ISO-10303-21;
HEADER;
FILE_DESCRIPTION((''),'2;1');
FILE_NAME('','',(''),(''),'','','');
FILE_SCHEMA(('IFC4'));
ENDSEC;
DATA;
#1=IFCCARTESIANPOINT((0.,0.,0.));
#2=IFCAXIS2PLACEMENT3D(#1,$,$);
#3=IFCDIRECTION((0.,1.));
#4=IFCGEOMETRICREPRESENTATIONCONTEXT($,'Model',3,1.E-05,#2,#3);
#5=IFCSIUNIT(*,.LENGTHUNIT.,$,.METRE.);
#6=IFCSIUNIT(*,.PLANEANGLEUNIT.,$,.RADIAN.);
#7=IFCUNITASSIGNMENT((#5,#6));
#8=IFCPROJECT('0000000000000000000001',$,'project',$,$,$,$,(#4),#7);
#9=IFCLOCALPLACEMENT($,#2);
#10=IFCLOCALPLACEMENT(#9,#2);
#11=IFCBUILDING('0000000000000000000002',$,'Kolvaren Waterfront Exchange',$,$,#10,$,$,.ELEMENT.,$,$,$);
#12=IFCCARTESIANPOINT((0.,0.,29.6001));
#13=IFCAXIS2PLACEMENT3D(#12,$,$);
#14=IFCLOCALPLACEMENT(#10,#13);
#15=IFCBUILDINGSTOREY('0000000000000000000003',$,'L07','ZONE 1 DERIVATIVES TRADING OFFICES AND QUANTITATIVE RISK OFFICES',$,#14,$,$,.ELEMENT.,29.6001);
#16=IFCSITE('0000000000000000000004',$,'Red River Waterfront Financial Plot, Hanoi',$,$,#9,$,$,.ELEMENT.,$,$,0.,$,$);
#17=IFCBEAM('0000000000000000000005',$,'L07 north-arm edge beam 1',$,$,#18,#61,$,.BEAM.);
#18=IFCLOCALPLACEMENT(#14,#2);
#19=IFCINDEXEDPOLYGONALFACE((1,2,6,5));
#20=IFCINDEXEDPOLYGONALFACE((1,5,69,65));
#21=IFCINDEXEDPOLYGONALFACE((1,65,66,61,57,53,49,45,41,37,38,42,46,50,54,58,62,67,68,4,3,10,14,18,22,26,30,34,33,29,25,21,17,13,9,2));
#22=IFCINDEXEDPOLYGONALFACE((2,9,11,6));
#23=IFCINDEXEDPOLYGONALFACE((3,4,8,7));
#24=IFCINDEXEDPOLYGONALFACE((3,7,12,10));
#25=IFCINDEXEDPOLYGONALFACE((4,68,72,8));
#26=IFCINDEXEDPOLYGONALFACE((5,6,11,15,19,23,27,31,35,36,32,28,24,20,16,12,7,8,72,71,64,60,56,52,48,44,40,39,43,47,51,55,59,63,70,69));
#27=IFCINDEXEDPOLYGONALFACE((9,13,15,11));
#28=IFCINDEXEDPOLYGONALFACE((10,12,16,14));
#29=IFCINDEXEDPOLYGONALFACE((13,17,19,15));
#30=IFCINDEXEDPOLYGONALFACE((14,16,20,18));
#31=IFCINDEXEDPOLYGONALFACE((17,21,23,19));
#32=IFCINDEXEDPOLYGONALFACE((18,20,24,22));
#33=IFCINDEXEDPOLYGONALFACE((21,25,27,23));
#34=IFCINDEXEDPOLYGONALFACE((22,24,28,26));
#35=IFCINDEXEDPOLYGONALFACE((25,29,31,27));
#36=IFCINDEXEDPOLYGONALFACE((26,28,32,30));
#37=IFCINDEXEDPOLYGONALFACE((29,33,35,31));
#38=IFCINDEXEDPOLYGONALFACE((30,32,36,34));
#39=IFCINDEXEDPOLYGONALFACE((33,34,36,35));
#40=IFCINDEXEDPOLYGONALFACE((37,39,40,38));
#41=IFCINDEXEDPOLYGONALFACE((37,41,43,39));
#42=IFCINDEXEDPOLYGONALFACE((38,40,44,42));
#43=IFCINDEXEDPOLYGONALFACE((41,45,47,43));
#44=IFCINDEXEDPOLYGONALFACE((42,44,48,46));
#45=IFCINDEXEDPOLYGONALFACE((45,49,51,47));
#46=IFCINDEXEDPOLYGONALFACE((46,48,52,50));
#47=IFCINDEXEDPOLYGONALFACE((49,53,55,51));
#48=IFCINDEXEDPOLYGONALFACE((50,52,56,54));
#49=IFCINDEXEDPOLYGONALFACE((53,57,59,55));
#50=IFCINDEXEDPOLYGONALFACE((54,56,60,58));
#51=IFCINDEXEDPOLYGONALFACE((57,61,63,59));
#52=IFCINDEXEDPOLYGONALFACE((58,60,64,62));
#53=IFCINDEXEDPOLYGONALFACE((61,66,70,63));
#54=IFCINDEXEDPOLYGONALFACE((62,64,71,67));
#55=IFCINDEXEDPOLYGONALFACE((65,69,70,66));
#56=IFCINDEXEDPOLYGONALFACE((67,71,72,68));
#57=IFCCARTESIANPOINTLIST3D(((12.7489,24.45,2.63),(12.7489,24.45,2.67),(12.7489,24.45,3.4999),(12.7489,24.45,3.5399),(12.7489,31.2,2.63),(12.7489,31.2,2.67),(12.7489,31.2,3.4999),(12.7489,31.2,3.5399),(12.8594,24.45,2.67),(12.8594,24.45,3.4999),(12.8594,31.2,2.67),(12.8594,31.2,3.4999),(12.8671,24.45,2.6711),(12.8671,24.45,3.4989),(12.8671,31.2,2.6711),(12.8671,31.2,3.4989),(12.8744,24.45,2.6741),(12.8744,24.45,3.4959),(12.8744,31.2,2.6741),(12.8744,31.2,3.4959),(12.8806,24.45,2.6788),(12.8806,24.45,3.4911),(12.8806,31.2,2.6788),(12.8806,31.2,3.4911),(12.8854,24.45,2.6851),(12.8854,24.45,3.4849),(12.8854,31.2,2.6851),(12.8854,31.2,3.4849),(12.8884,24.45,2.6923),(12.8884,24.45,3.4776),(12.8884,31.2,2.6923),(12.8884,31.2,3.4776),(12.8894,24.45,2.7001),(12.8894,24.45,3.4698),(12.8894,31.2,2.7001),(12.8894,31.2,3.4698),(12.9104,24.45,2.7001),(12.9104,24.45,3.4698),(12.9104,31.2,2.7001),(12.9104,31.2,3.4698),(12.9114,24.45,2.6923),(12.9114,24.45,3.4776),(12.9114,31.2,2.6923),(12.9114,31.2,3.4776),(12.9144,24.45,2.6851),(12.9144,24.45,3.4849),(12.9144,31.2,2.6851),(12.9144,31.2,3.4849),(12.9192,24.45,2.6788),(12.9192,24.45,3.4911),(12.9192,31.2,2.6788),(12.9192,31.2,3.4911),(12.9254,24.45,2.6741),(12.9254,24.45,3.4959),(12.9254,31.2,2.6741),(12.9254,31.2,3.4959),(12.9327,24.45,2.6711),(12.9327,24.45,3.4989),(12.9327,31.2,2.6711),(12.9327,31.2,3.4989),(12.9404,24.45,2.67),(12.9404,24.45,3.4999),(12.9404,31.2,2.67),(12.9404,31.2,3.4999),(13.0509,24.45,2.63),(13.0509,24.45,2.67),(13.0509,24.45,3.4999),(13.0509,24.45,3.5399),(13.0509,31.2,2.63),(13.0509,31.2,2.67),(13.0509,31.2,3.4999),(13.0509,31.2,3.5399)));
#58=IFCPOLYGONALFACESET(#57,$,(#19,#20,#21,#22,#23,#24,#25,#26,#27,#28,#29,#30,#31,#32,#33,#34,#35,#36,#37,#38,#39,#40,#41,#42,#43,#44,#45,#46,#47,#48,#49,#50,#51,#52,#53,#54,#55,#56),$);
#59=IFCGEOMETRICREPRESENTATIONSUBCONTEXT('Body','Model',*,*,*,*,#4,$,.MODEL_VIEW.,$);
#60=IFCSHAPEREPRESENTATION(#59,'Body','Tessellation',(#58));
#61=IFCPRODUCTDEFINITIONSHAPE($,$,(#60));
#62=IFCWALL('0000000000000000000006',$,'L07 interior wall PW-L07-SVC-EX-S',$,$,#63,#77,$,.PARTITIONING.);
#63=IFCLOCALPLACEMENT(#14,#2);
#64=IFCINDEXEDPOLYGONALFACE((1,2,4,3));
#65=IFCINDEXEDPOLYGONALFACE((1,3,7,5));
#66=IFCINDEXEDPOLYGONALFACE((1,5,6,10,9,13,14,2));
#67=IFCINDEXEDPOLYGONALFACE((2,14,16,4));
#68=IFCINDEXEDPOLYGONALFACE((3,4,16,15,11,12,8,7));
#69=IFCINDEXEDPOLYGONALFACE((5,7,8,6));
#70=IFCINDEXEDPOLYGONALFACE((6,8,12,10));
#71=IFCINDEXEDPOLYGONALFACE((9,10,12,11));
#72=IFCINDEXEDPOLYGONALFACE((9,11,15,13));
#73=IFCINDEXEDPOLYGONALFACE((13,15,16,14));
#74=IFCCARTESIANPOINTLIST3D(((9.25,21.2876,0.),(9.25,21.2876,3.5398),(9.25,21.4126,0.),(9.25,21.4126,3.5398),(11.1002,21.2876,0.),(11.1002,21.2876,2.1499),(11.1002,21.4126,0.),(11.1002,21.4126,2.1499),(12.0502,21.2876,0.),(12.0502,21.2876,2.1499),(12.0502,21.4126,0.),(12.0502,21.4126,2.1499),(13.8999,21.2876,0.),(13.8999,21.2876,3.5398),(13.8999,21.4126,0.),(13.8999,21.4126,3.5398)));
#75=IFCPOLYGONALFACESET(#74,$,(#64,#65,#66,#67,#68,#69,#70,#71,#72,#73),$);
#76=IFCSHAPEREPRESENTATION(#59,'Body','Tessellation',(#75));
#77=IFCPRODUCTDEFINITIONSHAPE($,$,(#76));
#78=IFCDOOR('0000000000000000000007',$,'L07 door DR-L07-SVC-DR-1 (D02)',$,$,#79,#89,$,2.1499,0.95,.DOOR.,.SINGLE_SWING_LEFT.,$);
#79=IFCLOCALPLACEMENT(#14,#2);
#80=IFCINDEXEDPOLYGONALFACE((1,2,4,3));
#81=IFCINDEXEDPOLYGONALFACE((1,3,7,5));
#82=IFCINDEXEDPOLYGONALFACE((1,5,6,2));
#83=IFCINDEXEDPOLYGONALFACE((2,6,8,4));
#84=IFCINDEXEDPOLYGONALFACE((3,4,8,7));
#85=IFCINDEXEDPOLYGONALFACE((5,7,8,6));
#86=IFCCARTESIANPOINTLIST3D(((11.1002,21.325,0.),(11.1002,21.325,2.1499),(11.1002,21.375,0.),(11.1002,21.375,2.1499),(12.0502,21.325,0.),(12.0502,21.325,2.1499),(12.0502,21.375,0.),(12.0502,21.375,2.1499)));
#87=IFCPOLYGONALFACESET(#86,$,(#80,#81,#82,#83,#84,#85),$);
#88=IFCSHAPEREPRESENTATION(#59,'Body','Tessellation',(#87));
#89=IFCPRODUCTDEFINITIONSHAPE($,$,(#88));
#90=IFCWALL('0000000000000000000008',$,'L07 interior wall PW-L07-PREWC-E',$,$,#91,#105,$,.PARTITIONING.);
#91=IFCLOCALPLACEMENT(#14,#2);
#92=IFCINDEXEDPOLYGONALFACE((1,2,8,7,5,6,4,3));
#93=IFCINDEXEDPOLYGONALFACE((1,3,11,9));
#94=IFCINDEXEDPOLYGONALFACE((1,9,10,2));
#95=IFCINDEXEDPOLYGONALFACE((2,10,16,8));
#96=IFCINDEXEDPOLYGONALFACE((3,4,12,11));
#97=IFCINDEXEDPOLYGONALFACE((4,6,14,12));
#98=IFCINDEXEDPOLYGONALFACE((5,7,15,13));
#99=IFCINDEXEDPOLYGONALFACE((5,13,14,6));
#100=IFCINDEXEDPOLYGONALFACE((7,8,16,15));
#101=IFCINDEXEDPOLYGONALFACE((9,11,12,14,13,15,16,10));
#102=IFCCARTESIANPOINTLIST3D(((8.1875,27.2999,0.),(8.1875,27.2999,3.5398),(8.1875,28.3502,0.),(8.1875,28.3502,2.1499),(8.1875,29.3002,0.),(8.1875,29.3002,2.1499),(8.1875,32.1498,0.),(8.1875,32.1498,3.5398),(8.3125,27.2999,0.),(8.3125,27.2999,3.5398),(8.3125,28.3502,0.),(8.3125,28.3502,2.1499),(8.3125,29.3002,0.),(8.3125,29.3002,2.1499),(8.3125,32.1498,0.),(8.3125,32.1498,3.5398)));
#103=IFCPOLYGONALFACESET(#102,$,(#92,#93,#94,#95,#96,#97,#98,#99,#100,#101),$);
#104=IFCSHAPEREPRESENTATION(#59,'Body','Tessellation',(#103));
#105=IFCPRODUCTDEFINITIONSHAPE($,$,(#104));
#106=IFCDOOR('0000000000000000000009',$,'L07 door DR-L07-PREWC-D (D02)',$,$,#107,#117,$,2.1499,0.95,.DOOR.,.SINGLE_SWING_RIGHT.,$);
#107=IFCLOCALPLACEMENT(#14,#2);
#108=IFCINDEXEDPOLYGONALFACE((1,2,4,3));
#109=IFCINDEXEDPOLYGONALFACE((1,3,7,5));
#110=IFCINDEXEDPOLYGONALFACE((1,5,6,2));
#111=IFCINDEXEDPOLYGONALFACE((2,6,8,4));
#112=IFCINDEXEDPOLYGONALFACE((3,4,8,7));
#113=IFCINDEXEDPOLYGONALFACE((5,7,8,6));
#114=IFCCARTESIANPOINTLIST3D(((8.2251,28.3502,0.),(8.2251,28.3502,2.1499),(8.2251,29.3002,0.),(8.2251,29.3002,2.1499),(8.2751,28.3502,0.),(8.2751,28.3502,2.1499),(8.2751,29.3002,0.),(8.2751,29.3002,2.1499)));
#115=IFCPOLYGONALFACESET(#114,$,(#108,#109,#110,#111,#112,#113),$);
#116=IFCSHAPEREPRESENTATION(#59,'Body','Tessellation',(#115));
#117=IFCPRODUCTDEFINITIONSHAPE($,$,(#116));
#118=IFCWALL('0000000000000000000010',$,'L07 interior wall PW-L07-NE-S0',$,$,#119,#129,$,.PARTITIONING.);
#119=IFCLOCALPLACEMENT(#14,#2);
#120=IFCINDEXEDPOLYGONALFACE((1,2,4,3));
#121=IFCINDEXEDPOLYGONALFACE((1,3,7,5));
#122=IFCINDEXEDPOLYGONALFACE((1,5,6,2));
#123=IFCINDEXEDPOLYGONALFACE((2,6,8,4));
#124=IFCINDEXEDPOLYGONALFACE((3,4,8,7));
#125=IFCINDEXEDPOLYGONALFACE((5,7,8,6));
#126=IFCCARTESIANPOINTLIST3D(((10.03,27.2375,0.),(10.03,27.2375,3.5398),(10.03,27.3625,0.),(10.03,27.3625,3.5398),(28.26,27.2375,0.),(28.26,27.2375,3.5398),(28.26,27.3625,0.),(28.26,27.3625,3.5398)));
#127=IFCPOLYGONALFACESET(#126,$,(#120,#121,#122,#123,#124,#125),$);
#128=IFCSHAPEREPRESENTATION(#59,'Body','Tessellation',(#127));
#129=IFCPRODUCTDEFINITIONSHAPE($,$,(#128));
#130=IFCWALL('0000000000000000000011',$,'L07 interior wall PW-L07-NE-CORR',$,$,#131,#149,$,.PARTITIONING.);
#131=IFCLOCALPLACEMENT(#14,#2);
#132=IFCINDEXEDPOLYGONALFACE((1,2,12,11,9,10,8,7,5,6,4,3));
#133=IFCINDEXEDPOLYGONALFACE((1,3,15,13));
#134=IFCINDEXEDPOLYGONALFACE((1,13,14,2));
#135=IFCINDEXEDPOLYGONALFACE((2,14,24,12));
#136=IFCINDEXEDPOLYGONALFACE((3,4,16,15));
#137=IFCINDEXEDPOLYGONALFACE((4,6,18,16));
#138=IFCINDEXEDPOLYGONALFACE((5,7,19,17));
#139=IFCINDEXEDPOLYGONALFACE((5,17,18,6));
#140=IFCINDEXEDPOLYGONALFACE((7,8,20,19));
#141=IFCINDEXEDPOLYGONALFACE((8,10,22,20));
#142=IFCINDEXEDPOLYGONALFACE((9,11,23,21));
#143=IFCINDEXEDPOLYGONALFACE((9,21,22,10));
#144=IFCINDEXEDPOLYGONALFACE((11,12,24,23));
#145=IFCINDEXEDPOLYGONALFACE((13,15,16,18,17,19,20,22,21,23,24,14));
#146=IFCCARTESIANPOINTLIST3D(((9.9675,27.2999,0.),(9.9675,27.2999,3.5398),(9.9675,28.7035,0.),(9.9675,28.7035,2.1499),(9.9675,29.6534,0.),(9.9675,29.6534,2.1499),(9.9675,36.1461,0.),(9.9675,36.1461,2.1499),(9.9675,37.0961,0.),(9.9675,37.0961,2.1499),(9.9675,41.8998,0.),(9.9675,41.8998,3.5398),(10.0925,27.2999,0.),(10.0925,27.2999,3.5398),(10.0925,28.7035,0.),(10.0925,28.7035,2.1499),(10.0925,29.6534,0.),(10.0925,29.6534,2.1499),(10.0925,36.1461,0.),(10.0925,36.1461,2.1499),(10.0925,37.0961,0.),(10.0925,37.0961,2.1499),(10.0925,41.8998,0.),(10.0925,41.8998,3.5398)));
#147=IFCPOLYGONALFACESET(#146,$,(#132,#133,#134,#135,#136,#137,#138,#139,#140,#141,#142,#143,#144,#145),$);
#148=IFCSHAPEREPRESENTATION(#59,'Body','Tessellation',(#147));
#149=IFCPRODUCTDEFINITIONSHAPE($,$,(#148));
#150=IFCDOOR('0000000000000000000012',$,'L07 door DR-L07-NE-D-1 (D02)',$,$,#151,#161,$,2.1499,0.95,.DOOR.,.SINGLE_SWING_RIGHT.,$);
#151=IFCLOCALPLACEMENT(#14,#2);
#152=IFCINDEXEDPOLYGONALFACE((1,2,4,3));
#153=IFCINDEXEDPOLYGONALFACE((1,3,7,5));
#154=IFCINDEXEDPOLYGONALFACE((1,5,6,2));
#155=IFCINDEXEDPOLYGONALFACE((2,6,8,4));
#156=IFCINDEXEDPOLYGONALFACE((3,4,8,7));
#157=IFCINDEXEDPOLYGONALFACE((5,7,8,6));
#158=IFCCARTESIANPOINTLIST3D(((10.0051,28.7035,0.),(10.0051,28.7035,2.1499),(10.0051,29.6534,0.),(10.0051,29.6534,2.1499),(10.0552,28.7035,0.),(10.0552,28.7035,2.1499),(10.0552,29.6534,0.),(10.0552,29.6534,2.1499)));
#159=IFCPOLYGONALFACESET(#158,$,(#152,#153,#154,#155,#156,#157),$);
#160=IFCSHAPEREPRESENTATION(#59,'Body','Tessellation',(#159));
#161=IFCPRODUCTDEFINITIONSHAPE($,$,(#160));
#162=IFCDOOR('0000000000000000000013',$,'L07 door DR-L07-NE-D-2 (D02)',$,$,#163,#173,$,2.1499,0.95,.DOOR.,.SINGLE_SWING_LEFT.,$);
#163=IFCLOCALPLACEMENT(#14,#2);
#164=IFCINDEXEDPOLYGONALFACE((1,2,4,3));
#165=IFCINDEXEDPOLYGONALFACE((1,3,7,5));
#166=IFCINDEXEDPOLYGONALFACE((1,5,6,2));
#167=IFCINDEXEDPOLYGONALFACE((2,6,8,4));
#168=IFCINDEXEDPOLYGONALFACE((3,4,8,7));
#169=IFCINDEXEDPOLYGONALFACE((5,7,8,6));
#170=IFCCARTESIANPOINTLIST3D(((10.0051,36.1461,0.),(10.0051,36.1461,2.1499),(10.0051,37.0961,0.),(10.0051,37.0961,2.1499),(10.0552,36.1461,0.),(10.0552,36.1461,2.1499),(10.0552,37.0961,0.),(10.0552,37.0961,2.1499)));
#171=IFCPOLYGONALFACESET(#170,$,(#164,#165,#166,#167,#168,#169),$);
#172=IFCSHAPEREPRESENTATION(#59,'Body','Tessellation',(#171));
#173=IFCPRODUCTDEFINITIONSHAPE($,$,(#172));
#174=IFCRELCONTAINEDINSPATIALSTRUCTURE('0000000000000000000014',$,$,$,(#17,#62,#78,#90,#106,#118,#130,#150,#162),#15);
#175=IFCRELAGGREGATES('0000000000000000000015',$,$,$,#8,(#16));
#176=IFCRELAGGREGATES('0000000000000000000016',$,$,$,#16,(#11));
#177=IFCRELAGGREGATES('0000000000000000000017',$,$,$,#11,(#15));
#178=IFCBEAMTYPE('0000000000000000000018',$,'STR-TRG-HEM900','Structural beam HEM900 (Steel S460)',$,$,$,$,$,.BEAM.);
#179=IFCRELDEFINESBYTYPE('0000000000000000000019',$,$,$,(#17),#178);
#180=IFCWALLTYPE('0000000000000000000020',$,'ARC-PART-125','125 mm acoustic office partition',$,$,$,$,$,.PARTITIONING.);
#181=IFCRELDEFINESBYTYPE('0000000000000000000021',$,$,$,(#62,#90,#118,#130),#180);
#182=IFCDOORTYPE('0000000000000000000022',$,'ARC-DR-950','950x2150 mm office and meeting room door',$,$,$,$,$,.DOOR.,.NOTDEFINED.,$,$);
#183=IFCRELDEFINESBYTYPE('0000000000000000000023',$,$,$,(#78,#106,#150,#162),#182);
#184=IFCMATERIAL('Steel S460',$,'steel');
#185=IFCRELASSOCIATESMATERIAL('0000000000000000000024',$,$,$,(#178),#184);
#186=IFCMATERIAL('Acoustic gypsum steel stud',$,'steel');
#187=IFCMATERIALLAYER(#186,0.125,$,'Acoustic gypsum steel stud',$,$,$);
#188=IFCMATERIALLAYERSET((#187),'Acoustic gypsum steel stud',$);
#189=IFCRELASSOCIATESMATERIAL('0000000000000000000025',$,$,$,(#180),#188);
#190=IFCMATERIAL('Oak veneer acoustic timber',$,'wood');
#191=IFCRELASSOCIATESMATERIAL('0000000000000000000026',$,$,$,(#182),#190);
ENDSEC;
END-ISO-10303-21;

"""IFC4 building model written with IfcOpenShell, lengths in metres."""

from ifc_helpers import new_model, si_unit, direction, frame, frame_2d, origin, origin_2d, place, context, subcontext, project, spatial, rectangle, i_section, extrude, material, layer, layer_set, material_profile, profile_set, type_object, element, fill, save


model = new_model("IFC4")

# Units and contexts
model_context = context("Model", 3, precision=1e-05, world=origin(), true_north=direction((0.0, 1.0)))
body_context = subcontext(model_context, "Body", "Model", "MODEL_VIEW")
ifc_project = project(units=[si_unit("LENGTHUNIT", "METRE"), si_unit("PLANEANGLEUNIT", "RADIAN")], contexts=[model_context])

# Site, building, storey
site_placement = place(None, origin())
site = spatial("IfcSite", under=ifc_project, at=site_placement, Name="Red River Waterfront Financial Plot, Hanoi", CompositionType="ELEMENT", RefElevation=0.0)
building_placement = place(site_placement, origin())
building = spatial("IfcBuilding", under=site, at=building_placement, Name="Kolvaren Waterfront Exchange", CompositionType="ELEMENT")
storey_placement = place(building_placement, frame((0.0, 0.0, 29.6001)))
storey = spatial("IfcBuildingStorey", under=building, at=storey_placement, Name="L07", Description="ZONE 1 DERIVATIVES TRADING OFFICES AND QUANTITATIVE RISK OFFICES", CompositionType="ELEMENT", Elevation=29.6001)

# Beam
ifc_material_1 = material(Name="Steel S460", Category="steel")
ifc_material_profile_1 = material_profile(ifc_material_1, i_section(OverallWidth=0.302, OverallDepth=0.9099, WebThickness=0.021, FlangeThickness=0.04, FilletRadius=0.03, at=origin_2d()), Name="HEM900")
ifc_profile_set_1 = profile_set([ifc_material_profile_1], Name="Steel S460")
beam_type_1 = type_object("IfcBeamType", Name="STR-TRG-HEM900", Description="Structural beam HEM900 (Steel S460)", PredefinedType="BEAM", material=ifc_profile_set_1)
beam_1_placement = place(storey_placement, frame((12.8999, 24.45, 3.085), z_axis=(0.0, 1.0, 0.0), x_axis=(-1.0, 0.0, 0.0)))
element("IfcBeam", 1, at=beam_1_placement, inside=storey, type_object=beam_type_1, Name="L07 north-arm edge beam 1", PredefinedType="BEAM", context=body_context, shape_type="SweptSolid", body=[
    extrude(i_section(OverallWidth=0.302, OverallDepth=0.9099, WebThickness=0.021, FlangeThickness=0.04, FilletRadius=0.03, at=origin_2d()), origin(), (0.0, 0.0, 1.0), 6.75),
])

# Walls, openings, doors
ifc_material_2 = material(Name="Acoustic gypsum steel stud", Category="steel")
ifc_layer_1 = layer(ifc_material_2, 0.125, Name="Acoustic gypsum steel stud")
ifc_layer_set_1 = layer_set([ifc_layer_1], Name="Acoustic gypsum steel stud")
wall_type_1 = type_object("IfcWallType", Name="ARC-PART-125", Description="125 mm acoustic office partition", PredefinedType="PARTITIONING", material=ifc_layer_set_1)
wall_1_placement = place(storey_placement, frame((9.25, 21.3501, 0.0), z_axis=(0.0, 0.0, 1.0), x_axis=(1.0, 0.0, 0.0)))
wall_1 = element("IfcWall", 2, at=wall_1_placement, inside=storey, type_object=wall_type_1, Name="L07 interior wall PW-L07-SVC-EX-S", PredefinedType="PARTITIONING", context=body_context, shape_type="SweptSolid", body=[
    extrude(rectangle(XDim=4.6499, YDim=0.125, at=frame_2d((2.325, 0.0))), origin(), (0.0, 0.0, 1.0), 3.5398),
])
opening_1_placement = place(wall_1_placement, frame((1.8501, 0.0, 0.0)))
opening_1 = element("IfcOpeningElement", 3, at=opening_1_placement, cuts=wall_1, PredefinedType="OPENING", context=body_context, shape_type="SweptSolid", body=[
    extrude(rectangle(XDim=0.95, YDim=2.1499, at=frame_2d((0.4751, 1.075))), frame((0.0, 0.0725, 0.0), z_axis=(0.0, -1.0, 0.0), x_axis=(1.0, 0.0, 0.0)), (0.0, 0.0, 1.0), 0.145),
])
ifc_material_3 = material(Name="Oak veneer acoustic timber", Category="wood")
door_type_1 = type_object("IfcDoorType", Name="ARC-DR-950", Description="950x2150 mm office and meeting room door", OperationType="NOTDEFINED", PredefinedType="DOOR", material=ifc_material_3)
door_1_placement = place(opening_1_placement, origin())
door_1 = element("IfcDoor", 4, at=door_1_placement, inside=storey, type_object=door_type_1, Name="L07 door DR-L07-SVC-DR-1 (D02)", OperationType="SINGLE_SWING_LEFT", OverallHeight=2.1499, OverallWidth=0.95, PredefinedType="DOOR", context=body_context, shape_type="SweptSolid", body=[
    extrude(rectangle(XDim=0.95, YDim=2.1499, at=frame_2d((0.4751, 1.075))), frame((0.0, 0.0249, 0.0), z_axis=(0.0, -1.0, 0.0), x_axis=(1.0, 0.0, 0.0)), (0.0, 0.0, 1.0), 0.05),
])
fill(opening_1, door_1)
wall_2_placement = place(storey_placement, frame((8.25, 27.3, 0.0), z_axis=(0.0, 0.0, 1.0), x_axis=(0.0, 1.0, 0.0)))
wall_2 = element("IfcWall", 5, at=wall_2_placement, inside=storey, type_object=wall_type_1, Name="L07 interior wall PW-L07-PREWC-E", PredefinedType="PARTITIONING", context=body_context, shape_type="SweptSolid", body=[
    extrude(rectangle(XDim=4.8499, YDim=0.125, at=frame_2d((2.4248, 0.0))), origin(), (0.0, 0.0, 1.0), 3.5398),
])
opening_2_placement = place(wall_2_placement, frame((1.05, 0.0, 0.0)))
opening_2 = element("IfcOpeningElement", 6, at=opening_2_placement, cuts=wall_2, PredefinedType="OPENING", context=body_context, shape_type="SweptSolid", body=[
    extrude(rectangle(XDim=0.95, YDim=2.1499, at=frame_2d((0.4751, 1.075))), frame((0.0, 0.0725, 0.0), z_axis=(0.0, -1.0, 0.0), x_axis=(1.0, 0.0, 0.0)), (0.0, 0.0, 1.0), 0.145),
])
door_2_placement = place(opening_2_placement, origin())
door_2 = element("IfcDoor", 7, at=door_2_placement, inside=storey, type_object=door_type_1, Name="L07 door DR-L07-PREWC-D (D02)", OperationType="SINGLE_SWING_RIGHT", OverallHeight=2.1499, OverallWidth=0.95, PredefinedType="DOOR", context=body_context, shape_type="SweptSolid", body=[
    extrude(rectangle(XDim=0.95, YDim=2.1499, at=frame_2d((0.4751, 1.075))), frame((0.0, 0.0249, 0.0), z_axis=(0.0, -1.0, 0.0), x_axis=(1.0, 0.0, 0.0)), (0.0, 0.0, 1.0), 0.05),
])
fill(opening_2, door_2)

# Wall
wall_3_placement = place(storey_placement, frame((10.03, 27.3, 0.0), z_axis=(0.0, 0.0, 1.0), x_axis=(1.0, 0.0, 0.0)))
element("IfcWall", 8, at=wall_3_placement, inside=storey, type_object=wall_type_1, Name="L07 interior wall PW-L07-NE-S0", PredefinedType="PARTITIONING", context=body_context, shape_type="SweptSolid", body=[
    extrude(rectangle(XDim=18.23, YDim=0.125, at=frame_2d((9.115, 0.0))), origin(), (0.0, 0.0, 1.0), 3.5398),
])

# Wall, openings, doors
wall_4_placement = place(storey_placement, frame((10.03, 27.3, 0.0), z_axis=(0.0, 0.0, 1.0), x_axis=(0.0, 1.0, 0.0)))
wall_4 = element("IfcWall", 9, at=wall_4_placement, inside=storey, type_object=wall_type_1, Name="L07 interior wall PW-L07-NE-CORR", PredefinedType="PARTITIONING", context=body_context, shape_type="SweptSolid", body=[
    extrude(rectangle(XDim=14.5999, YDim=0.125, at=frame_2d((7.2998, 0.0))), origin(), (0.0, 0.0, 1.0), 3.5398),
])
opening_3_placement = place(wall_4_placement, frame((1.4033, 0.0, 0.0)))
opening_3 = element("IfcOpeningElement", 10, at=opening_3_placement, cuts=wall_4, PredefinedType="OPENING", context=body_context, shape_type="SweptSolid", body=[
    extrude(rectangle(XDim=0.95, YDim=2.1499, at=frame_2d((0.4751, 1.075))), frame((0.0, 0.0725, 0.0), z_axis=(0.0, -1.0, 0.0), x_axis=(1.0, 0.0, 0.0)), (0.0, 0.0, 1.0), 0.145),
])
opening_4_placement = place(wall_4_placement, frame((8.8459, 0.0, 0.0)))
opening_4 = element("IfcOpeningElement", 11, at=opening_4_placement, cuts=wall_4, PredefinedType="OPENING", context=body_context, shape_type="SweptSolid", body=[
    extrude(rectangle(XDim=0.95, YDim=2.1499, at=frame_2d((0.4751, 1.075))), frame((0.0, 0.0725, 0.0), z_axis=(0.0, -1.0, 0.0), x_axis=(1.0, 0.0, 0.0)), (0.0, 0.0, 1.0), 0.145),
])
door_3_placement = place(opening_3_placement, origin())
door_3 = element("IfcDoor", 12, at=door_3_placement, inside=storey, type_object=door_type_1, Name="L07 door DR-L07-NE-D-1 (D02)", OperationType="SINGLE_SWING_RIGHT", OverallHeight=2.1499, OverallWidth=0.95, PredefinedType="DOOR", context=body_context, shape_type="SweptSolid", body=[
    extrude(rectangle(XDim=0.95, YDim=2.1499, at=frame_2d((0.4751, 1.075))), frame((0.0, 0.0249, 0.0), z_axis=(0.0, -1.0, 0.0), x_axis=(1.0, 0.0, 0.0)), (0.0, 0.0, 1.0), 0.05),
])
fill(opening_3, door_3)
door_4_placement = place(opening_4_placement, origin())
door_4 = element("IfcDoor", 13, at=door_4_placement, inside=storey, type_object=door_type_1, Name="L07 door DR-L07-NE-D-2 (D02)", OperationType="SINGLE_SWING_LEFT", OverallHeight=2.1499, OverallWidth=0.95, PredefinedType="DOOR", context=body_context, shape_type="SweptSolid", body=[
    extrude(rectangle(XDim=0.95, YDim=2.1499, at=frame_2d((0.4751, 1.075))), frame((0.0, 0.0249, 0.0), z_axis=(0.0, -1.0, 0.0), x_axis=(1.0, 0.0, 0.0)), (0.0, 0.0, 1.0), 0.05),
])
fill(opening_4, door_4)

save(model, "model.ifc")
